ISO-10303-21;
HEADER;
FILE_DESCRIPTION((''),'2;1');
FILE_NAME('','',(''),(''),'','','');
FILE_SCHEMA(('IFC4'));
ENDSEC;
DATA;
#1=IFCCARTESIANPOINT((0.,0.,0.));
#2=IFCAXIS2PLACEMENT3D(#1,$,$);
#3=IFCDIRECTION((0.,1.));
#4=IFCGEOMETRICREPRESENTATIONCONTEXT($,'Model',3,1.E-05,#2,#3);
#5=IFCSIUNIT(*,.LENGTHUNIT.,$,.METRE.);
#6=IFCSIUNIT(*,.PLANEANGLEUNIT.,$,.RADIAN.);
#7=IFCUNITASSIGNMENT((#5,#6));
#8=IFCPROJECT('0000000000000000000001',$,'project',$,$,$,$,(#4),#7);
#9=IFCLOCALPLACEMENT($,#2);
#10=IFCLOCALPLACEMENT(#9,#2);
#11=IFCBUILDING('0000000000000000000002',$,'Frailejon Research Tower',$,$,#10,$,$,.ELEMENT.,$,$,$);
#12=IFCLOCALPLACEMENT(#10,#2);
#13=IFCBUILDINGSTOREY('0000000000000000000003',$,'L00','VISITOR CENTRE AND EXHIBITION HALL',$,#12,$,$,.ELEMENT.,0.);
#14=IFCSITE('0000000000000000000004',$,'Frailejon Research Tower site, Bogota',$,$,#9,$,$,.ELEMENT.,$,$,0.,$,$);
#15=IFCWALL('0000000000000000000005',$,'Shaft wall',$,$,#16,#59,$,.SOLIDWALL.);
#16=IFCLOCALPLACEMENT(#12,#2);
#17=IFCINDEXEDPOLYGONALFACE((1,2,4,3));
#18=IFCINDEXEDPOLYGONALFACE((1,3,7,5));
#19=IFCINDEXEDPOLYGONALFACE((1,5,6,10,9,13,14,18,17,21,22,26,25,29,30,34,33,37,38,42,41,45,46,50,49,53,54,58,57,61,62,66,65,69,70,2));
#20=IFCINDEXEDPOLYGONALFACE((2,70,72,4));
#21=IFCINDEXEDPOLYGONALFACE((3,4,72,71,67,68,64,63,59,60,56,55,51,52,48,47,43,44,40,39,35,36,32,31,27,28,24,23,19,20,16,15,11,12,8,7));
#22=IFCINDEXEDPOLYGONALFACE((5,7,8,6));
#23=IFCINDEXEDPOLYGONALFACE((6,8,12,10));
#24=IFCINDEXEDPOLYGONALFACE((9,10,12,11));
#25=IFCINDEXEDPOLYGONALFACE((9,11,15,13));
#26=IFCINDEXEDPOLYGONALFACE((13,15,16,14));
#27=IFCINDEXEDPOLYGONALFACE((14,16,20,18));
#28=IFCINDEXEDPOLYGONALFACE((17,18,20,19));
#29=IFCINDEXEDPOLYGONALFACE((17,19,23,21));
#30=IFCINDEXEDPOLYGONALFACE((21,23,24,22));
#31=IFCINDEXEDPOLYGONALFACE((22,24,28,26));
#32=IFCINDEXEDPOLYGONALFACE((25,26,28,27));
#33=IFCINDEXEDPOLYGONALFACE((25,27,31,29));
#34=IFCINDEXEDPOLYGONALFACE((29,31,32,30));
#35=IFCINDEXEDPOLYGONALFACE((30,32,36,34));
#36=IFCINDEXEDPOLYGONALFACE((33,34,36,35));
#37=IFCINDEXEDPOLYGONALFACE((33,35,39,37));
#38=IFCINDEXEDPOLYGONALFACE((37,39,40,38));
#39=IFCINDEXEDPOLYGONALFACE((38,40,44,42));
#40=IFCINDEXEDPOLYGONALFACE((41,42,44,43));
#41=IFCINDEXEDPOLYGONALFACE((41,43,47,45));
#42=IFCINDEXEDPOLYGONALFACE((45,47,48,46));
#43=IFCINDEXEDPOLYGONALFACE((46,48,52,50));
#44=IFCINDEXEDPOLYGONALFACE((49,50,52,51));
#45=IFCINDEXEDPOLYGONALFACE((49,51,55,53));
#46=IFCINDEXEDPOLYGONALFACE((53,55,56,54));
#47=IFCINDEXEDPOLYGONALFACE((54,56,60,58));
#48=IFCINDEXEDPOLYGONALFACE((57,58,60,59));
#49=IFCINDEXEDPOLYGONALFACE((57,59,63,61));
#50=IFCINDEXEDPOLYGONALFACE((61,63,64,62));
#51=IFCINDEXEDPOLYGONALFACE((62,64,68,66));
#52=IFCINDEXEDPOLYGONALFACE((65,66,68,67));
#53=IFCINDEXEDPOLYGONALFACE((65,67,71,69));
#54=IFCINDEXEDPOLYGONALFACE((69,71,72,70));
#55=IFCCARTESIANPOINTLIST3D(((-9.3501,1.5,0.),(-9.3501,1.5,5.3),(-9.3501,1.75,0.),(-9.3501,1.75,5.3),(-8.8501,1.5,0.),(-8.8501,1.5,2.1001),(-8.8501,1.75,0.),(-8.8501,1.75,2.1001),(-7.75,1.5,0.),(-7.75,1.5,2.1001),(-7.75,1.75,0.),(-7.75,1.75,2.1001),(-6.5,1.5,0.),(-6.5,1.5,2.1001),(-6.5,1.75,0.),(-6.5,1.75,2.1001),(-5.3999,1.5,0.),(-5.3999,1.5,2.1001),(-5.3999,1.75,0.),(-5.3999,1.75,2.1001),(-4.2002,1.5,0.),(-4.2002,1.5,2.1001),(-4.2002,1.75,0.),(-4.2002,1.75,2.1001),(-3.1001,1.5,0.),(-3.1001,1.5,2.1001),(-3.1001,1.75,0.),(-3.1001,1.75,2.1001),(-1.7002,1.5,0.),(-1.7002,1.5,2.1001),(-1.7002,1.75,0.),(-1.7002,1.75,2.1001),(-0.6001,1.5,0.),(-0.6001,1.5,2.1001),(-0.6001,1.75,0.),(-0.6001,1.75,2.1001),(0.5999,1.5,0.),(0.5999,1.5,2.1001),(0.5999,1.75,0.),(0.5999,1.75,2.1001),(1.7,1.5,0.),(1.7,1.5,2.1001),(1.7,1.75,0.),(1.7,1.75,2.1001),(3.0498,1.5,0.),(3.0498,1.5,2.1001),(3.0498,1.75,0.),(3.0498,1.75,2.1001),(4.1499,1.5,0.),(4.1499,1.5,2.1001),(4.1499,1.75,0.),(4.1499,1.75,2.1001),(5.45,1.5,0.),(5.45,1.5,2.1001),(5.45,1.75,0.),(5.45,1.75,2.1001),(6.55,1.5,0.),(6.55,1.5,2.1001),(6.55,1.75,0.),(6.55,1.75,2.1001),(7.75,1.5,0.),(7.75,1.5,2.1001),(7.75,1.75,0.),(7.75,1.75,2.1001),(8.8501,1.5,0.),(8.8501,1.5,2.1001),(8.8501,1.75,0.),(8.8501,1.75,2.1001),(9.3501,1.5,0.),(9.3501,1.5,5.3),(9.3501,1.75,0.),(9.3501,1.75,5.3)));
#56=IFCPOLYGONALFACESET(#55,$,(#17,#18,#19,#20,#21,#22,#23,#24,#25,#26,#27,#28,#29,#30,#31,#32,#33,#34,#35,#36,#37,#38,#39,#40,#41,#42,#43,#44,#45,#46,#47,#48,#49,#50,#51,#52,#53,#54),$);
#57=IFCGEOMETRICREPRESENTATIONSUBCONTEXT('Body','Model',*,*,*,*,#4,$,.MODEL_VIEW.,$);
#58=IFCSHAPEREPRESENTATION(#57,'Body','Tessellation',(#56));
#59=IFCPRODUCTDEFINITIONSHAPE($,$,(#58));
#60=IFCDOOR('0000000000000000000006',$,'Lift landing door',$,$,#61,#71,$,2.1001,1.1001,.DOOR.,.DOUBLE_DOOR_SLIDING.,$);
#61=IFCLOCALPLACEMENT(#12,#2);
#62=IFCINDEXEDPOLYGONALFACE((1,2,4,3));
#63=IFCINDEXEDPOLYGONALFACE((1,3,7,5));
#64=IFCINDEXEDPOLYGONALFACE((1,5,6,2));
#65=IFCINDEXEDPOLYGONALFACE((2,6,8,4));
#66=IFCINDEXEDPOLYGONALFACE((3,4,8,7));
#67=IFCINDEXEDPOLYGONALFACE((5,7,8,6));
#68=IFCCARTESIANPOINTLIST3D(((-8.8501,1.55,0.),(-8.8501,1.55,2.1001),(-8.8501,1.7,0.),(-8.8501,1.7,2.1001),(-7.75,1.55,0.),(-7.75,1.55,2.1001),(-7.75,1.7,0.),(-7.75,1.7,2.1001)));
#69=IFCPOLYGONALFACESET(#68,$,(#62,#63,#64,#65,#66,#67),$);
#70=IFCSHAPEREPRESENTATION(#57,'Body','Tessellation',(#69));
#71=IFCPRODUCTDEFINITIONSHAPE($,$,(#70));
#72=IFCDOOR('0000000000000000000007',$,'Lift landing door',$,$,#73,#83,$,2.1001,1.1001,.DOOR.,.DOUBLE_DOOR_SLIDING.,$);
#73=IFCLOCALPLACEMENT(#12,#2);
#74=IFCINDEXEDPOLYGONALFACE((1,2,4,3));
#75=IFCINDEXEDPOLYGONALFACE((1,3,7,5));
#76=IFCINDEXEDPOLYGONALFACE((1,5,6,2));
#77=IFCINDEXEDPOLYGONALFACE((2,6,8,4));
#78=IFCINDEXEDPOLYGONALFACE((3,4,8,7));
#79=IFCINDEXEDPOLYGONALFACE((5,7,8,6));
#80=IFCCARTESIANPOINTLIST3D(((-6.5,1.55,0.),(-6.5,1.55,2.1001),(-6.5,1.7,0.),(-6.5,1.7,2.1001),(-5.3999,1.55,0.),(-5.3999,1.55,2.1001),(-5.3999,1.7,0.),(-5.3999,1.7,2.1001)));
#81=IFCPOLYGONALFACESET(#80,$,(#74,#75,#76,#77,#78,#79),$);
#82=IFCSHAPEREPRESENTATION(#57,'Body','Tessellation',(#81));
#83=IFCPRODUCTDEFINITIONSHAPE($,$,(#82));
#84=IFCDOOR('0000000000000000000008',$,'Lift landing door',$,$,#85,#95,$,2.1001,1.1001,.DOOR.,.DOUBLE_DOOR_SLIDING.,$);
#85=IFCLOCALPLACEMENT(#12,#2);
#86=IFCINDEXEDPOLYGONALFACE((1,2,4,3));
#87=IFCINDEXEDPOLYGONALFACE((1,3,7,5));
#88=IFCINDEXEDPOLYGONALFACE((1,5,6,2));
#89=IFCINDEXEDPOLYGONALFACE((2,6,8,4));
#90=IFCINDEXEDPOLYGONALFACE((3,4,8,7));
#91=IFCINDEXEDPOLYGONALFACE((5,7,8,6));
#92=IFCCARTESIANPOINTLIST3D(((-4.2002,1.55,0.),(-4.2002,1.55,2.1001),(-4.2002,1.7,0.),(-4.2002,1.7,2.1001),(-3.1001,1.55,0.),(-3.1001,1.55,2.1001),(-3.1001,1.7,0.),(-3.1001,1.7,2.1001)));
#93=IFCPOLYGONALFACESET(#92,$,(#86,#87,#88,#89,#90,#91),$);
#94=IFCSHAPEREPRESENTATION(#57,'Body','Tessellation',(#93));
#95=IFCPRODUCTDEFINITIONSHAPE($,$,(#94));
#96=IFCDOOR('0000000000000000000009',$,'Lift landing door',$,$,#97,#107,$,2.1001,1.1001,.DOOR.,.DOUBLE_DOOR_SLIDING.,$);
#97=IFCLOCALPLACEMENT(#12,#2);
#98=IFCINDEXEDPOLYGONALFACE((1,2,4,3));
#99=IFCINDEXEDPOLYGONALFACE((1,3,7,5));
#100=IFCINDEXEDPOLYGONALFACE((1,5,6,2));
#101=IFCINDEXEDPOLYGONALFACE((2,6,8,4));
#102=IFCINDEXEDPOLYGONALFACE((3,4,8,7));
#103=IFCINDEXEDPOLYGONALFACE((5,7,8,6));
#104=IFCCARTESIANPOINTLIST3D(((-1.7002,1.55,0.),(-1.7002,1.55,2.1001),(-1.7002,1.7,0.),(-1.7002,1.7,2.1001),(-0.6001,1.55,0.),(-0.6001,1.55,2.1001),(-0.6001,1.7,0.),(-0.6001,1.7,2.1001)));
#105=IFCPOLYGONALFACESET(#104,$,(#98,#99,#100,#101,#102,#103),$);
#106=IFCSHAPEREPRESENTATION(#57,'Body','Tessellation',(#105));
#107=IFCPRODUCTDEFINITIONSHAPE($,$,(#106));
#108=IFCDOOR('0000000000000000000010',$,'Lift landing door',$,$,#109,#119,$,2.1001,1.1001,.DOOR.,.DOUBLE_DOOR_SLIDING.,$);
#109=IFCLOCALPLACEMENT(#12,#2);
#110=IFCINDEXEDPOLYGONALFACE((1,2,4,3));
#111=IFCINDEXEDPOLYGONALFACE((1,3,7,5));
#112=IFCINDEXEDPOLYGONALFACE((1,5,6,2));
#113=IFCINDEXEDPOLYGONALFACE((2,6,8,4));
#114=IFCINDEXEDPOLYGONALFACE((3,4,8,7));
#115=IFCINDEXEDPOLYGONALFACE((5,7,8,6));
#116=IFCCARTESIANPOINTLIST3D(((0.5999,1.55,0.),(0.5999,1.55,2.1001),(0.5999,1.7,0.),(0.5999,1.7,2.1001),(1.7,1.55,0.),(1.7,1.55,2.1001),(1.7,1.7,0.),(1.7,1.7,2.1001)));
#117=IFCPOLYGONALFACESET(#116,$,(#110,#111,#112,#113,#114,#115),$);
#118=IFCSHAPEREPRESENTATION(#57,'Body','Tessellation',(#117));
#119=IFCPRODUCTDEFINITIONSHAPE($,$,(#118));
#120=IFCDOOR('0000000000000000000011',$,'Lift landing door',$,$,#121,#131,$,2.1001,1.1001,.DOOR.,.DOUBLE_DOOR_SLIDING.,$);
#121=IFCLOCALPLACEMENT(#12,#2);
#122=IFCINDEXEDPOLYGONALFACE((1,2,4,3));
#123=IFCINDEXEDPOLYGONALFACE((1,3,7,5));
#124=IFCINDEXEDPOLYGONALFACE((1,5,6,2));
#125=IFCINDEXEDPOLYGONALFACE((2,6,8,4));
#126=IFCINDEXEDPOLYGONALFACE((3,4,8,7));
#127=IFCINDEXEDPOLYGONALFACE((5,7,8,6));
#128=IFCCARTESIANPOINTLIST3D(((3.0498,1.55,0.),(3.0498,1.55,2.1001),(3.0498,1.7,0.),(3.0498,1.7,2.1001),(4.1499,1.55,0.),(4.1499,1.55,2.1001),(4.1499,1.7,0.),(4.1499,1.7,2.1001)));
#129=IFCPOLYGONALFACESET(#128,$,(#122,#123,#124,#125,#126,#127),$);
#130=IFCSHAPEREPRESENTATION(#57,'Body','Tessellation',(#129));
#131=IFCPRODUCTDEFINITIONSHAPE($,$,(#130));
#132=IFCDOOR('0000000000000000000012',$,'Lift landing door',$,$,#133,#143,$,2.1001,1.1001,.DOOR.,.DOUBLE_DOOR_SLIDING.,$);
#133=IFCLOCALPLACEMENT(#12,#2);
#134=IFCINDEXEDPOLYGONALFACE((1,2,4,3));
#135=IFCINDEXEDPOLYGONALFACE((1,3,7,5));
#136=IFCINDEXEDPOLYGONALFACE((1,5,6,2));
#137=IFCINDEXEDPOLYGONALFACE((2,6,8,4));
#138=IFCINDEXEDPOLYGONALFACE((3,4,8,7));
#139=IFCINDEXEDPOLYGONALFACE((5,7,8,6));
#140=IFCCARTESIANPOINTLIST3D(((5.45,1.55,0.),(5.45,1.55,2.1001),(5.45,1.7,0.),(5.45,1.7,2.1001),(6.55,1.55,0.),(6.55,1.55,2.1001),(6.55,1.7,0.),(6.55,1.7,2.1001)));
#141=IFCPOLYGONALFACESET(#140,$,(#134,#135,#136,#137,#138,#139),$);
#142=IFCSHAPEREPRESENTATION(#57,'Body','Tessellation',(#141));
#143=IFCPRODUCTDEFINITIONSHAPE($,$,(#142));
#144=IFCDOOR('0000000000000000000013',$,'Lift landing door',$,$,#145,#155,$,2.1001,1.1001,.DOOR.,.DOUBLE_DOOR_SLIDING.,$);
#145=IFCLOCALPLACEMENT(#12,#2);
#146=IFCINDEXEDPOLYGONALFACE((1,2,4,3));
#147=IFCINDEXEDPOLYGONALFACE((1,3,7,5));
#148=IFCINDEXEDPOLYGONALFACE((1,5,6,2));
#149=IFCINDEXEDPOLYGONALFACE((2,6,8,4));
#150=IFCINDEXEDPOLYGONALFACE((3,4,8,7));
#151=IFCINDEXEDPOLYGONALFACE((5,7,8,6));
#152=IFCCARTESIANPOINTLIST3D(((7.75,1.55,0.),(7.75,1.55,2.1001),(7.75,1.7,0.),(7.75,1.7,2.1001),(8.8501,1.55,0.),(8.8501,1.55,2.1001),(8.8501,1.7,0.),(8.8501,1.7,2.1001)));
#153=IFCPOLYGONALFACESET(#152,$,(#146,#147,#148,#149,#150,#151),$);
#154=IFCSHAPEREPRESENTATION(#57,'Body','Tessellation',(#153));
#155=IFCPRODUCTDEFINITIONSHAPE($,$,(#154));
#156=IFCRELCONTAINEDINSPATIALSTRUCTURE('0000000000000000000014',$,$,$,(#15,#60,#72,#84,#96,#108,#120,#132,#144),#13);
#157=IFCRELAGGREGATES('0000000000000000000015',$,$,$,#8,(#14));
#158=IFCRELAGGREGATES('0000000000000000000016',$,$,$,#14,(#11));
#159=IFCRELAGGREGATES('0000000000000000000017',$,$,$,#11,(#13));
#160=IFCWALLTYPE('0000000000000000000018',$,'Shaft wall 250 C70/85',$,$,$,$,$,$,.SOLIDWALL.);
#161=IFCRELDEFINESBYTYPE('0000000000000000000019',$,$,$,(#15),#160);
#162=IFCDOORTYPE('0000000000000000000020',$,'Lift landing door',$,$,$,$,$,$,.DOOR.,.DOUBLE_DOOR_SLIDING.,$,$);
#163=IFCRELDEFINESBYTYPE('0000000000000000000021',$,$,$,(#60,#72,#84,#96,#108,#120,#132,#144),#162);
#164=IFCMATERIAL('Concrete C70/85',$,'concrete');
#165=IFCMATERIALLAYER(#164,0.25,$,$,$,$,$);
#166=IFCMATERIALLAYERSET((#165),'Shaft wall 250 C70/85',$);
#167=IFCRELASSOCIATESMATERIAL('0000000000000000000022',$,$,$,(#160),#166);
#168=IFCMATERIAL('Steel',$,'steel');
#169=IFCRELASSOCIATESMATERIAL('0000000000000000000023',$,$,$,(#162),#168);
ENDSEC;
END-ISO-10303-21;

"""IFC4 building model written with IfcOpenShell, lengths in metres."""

from ifc_helpers import new_model, si_unit, direction, frame, frame_2d, origin, place, context, subcontext, project, spatial, rectangle, extrude, material, layer, layer_set, type_object, element, fill, save


model = new_model("IFC4")

# Units and contexts
model_context = context("Model", 3, precision=1e-05, world=origin(), true_north=direction((0.0, 1.0)))
body_context = subcontext(model_context, "Body", "Model", "MODEL_VIEW")
ifc_project = project(units=[si_unit("LENGTHUNIT", "METRE"), si_unit("PLANEANGLEUNIT", "RADIAN")], contexts=[model_context])

# Site, building, storey
site_placement = place(None, origin())
site = spatial("IfcSite", under=ifc_project, at=site_placement, Name="Frailejon Research Tower site, Bogota", CompositionType="ELEMENT", RefElevation=0.0)
building_placement = place(site_placement, origin())
building = spatial("IfcBuilding", under=site, at=building_placement, Name="Frailejon Research Tower", CompositionType="ELEMENT")
storey_placement = place(building_placement, origin())
storey = spatial("IfcBuildingStorey", under=building, at=storey_placement, Name="L00", Description="VISITOR CENTRE AND EXHIBITION HALL", CompositionType="ELEMENT", Elevation=0.0)

# Wall, openings, doors
ifc_material_1 = material(Name="Concrete C70/85", Category="concrete")
ifc_layer = layer(ifc_material_1, 0.25)
ifc_layer_set = layer_set([ifc_layer], Name="Shaft wall 250 C70/85")
wall_type = type_object("IfcWallType", Name="Shaft wall 250 C70/85", PredefinedType="SOLIDWALL", material=ifc_layer_set)
wall_1_placement = place(storey_placement, frame((-9.3501, 1.625, 0.0), z_axis=(0.0, 0.0, 1.0), x_axis=(1.0, 0.0, 0.0)))
wall_1 = element("IfcWall", 1, at=wall_1_placement, inside=storey, type_object=wall_type, Name="Shaft wall", PredefinedType="SOLIDWALL", context=body_context, shape_type="SweptSolid", body=[
    extrude(rectangle(XDim=18.7002, YDim=0.25, at=frame_2d((9.3501, 0.0))), origin(), (0.0, 0.0, 1.0), 5.3),
])
opening_1_placement = place(wall_1_placement, frame((0.5, 0.0, 0.0)))
opening_1 = element("IfcOpeningElement", 2, at=opening_1_placement, cuts=wall_1, PredefinedType="OPENING", context=body_context, shape_type="SweptSolid", body=[
    extrude(rectangle(XDim=1.1001, YDim=2.1001, at=frame_2d((0.55, 1.05))), frame((0.0, 0.135, 0.0), z_axis=(0.0, -1.0, 0.0), x_axis=(1.0, 0.0, 0.0)), (0.0, 0.0, 1.0), 0.27),
])
opening_2_placement = place(wall_1_placement, frame((2.8501, 0.0, 0.0)))
opening_2 = element("IfcOpeningElement", 3, at=opening_2_placement, cuts=wall_1, PredefinedType="OPENING", context=body_context, shape_type="SweptSolid", body=[
    extrude(rectangle(XDim=1.1001, YDim=2.1001, at=frame_2d((0.55, 1.05))), frame((0.0, 0.135, 0.0), z_axis=(0.0, -1.0, 0.0), x_axis=(1.0, 0.0, 0.0)), (0.0, 0.0, 1.0), 0.27),
])
opening_3_placement = place(wall_1_placement, frame((5.1499, 0.0, 0.0)))
opening_3 = element("IfcOpeningElement", 4, at=opening_3_placement, cuts=wall_1, PredefinedType="OPENING", context=body_context, shape_type="SweptSolid", body=[
    extrude(rectangle(XDim=1.1001, YDim=2.1001, at=frame_2d((0.55, 1.05))), frame((0.0, 0.135, 0.0), z_axis=(0.0, -1.0, 0.0), x_axis=(1.0, 0.0, 0.0)), (0.0, 0.0, 1.0), 0.27),
])
opening_4_placement = place(wall_1_placement, frame((7.6499, 0.0, 0.0)))
opening_4 = element("IfcOpeningElement", 5, at=opening_4_placement, cuts=wall_1, PredefinedType="OPENING", context=body_context, shape_type="SweptSolid", body=[
    extrude(rectangle(XDim=1.1001, YDim=2.1001, at=frame_2d((0.55, 1.05))), frame((0.0, 0.135, 0.0), z_axis=(0.0, -1.0, 0.0), x_axis=(1.0, 0.0, 0.0)), (0.0, 0.0, 1.0), 0.27),
])
opening_5_placement = place(wall_1_placement, frame((9.95, 0.0, 0.0)))
opening_5 = element("IfcOpeningElement", 6, at=opening_5_placement, cuts=wall_1, PredefinedType="OPENING", context=body_context, shape_type="SweptSolid", body=[
    extrude(rectangle(XDim=1.1001, YDim=2.1001, at=frame_2d((0.55, 1.05))), frame((0.0, 0.135, 0.0), z_axis=(0.0, -1.0, 0.0), x_axis=(1.0, 0.0, 0.0)), (0.0, 0.0, 1.0), 0.27),
])
opening_6_placement = place(wall_1_placement, frame((12.3999, 0.0, 0.0)))
opening_6 = element("IfcOpeningElement", 7, at=opening_6_placement, cuts=wall_1, PredefinedType="OPENING", context=body_context, shape_type="SweptSolid", body=[
    extrude(rectangle(XDim=1.1001, YDim=2.1001, at=frame_2d((0.55, 1.05))), frame((0.0, 0.135, 0.0), z_axis=(0.0, -1.0, 0.0), x_axis=(1.0, 0.0, 0.0)), (0.0, 0.0, 1.0), 0.27),
])
opening_7_placement = place(wall_1_placement, frame((14.8, 0.0, 0.0)))
opening_7 = element("IfcOpeningElement", 8, at=opening_7_placement, cuts=wall_1, PredefinedType="OPENING", context=body_context, shape_type="SweptSolid", body=[
    extrude(rectangle(XDim=1.1001, YDim=2.1001, at=frame_2d((0.55, 1.05))), frame((0.0, 0.135, 0.0), z_axis=(0.0, -1.0, 0.0), x_axis=(1.0, 0.0, 0.0)), (0.0, 0.0, 1.0), 0.27),
])
opening_8_placement = place(wall_1_placement, frame((17.1001, 0.0, 0.0)))
opening_8 = element("IfcOpeningElement", 9, at=opening_8_placement, cuts=wall_1, PredefinedType="OPENING", context=body_context, shape_type="SweptSolid", body=[
    extrude(rectangle(XDim=1.1001, YDim=2.1001, at=frame_2d((0.55, 1.05))), frame((0.0, 0.135, 0.0), z_axis=(0.0, -1.0, 0.0), x_axis=(1.0, 0.0, 0.0)), (0.0, 0.0, 1.0), 0.27),
])
ifc_material_2 = material(Name="Steel", Category="steel")
door_type = type_object("IfcDoorType", Name="Lift landing door", OperationType="DOUBLE_DOOR_SLIDING", PredefinedType="DOOR", material=ifc_material_2)
door_1_placement = place(opening_1_placement, origin())
door_1 = element("IfcDoor", 10, at=door_1_placement, inside=storey, type_object=door_type, Name="Lift landing door", OperationType="DOUBLE_DOOR_SLIDING", OverallHeight=2.1001, OverallWidth=1.1001, PredefinedType="DOOR", context=body_context, shape_type="SweptSolid", body=[
    extrude(rectangle(XDim=1.1001, YDim=2.1001, at=frame_2d((0.55, 1.05))), frame((0.0, 0.075, 0.0), z_axis=(0.0, -1.0, 0.0), x_axis=(1.0, 0.0, 0.0)), (0.0, 0.0, 1.0), 0.1499),
])
fill(opening_1, door_1)
door_2_placement = place(opening_2_placement, origin())
door_2 = element("IfcDoor", 11, at=door_2_placement, inside=storey, type_object=door_type, Name="Lift landing door", OperationType="DOUBLE_DOOR_SLIDING", OverallHeight=2.1001, OverallWidth=1.1001, PredefinedType="DOOR", context=body_context, shape_type="SweptSolid", body=[
    extrude(rectangle(XDim=1.1001, YDim=2.1001, at=frame_2d((0.55, 1.05))), frame((0.0, 0.075, 0.0), z_axis=(0.0, -1.0, 0.0), x_axis=(1.0, 0.0, 0.0)), (0.0, 0.0, 1.0), 0.1499),
])
fill(opening_2, door_2)
door_3_placement = place(opening_3_placement, origin())
door_3 = element("IfcDoor", 12, at=door_3_placement, inside=storey, type_object=door_type, Name="Lift landing door", OperationType="DOUBLE_DOOR_SLIDING", OverallHeight=2.1001, OverallWidth=1.1001, PredefinedType="DOOR", context=body_context, shape_type="SweptSolid", body=[
    extrude(rectangle(XDim=1.1001, YDim=2.1001, at=frame_2d((0.55, 1.05))), frame((0.0, 0.075, 0.0), z_axis=(0.0, -1.0, 0.0), x_axis=(1.0, 0.0, 0.0)), (0.0, 0.0, 1.0), 0.1499),
])
fill(opening_3, door_3)
door_4_placement = place(opening_4_placement, origin())
door_4 = element("IfcDoor", 13, at=door_4_placement, inside=storey, type_object=door_type, Name="Lift landing door", OperationType="DOUBLE_DOOR_SLIDING", OverallHeight=2.1001, OverallWidth=1.1001, PredefinedType="DOOR", context=body_context, shape_type="SweptSolid", body=[
    extrude(rectangle(XDim=1.1001, YDim=2.1001, at=frame_2d((0.55, 1.05))), frame((0.0, 0.075, 0.0), z_axis=(0.0, -1.0, 0.0), x_axis=(1.0, 0.0, 0.0)), (0.0, 0.0, 1.0), 0.1499),
])
fill(opening_4, door_4)
door_5_placement = place(opening_5_placement, origin())
door_5 = element("IfcDoor", 14, at=door_5_placement, inside=storey, type_object=door_type, Name="Lift landing door", OperationType="DOUBLE_DOOR_SLIDING", OverallHeight=2.1001, OverallWidth=1.1001, PredefinedType="DOOR", context=body_context, shape_type="SweptSolid", body=[
    extrude(rectangle(XDim=1.1001, YDim=2.1001, at=frame_2d((0.55, 1.05))), frame((0.0, 0.075, 0.0), z_axis=(0.0, -1.0, 0.0), x_axis=(1.0, 0.0, 0.0)), (0.0, 0.0, 1.0), 0.1499),
])
fill(opening_5, door_5)
door_6_placement = place(opening_6_placement, origin())
door_6 = element("IfcDoor", 15, at=door_6_placement, inside=storey, type_object=door_type, Name="Lift landing door", OperationType="DOUBLE_DOOR_SLIDING", OverallHeight=2.1001, OverallWidth=1.1001, PredefinedType="DOOR", context=body_context, shape_type="SweptSolid", body=[
    extrude(rectangle(XDim=1.1001, YDim=2.1001, at=frame_2d((0.55, 1.05))), frame((0.0, 0.075, 0.0), z_axis=(0.0, -1.0, 0.0), x_axis=(1.0, 0.0, 0.0)), (0.0, 0.0, 1.0), 0.1499),
])
fill(opening_6, door_6)
door_7_placement = place(opening_7_placement, origin())
door_7 = element("IfcDoor", 16, at=door_7_placement, inside=storey, type_object=door_type, Name="Lift landing door", OperationType="DOUBLE_DOOR_SLIDING", OverallHeight=2.1001, OverallWidth=1.1001, PredefinedType="DOOR", context=body_context, shape_type="SweptSolid", body=[
    extrude(rectangle(XDim=1.1001, YDim=2.1001, at=frame_2d((0.55, 1.05))), frame((0.0, 0.075, 0.0), z_axis=(0.0, -1.0, 0.0), x_axis=(1.0, 0.0, 0.0)), (0.0, 0.0, 1.0), 0.1499),
])
fill(opening_7, door_7)
door_8_placement = place(opening_8_placement, origin())
door_8 = element("IfcDoor", 17, at=door_8_placement, inside=storey, type_object=door_type, Name="Lift landing door", OperationType="DOUBLE_DOOR_SLIDING", OverallHeight=2.1001, OverallWidth=1.1001, PredefinedType="DOOR", context=body_context, shape_type="SweptSolid", body=[
    extrude(rectangle(XDim=1.1001, YDim=2.1001, at=frame_2d((0.55, 1.05))), frame((0.0, 0.075, 0.0), z_axis=(0.0, -1.0, 0.0), x_axis=(1.0, 0.0, 0.0)), (0.0, 0.0, 1.0), 0.1499),
])
fill(opening_8, door_8)

save(model, "model.ifc")
